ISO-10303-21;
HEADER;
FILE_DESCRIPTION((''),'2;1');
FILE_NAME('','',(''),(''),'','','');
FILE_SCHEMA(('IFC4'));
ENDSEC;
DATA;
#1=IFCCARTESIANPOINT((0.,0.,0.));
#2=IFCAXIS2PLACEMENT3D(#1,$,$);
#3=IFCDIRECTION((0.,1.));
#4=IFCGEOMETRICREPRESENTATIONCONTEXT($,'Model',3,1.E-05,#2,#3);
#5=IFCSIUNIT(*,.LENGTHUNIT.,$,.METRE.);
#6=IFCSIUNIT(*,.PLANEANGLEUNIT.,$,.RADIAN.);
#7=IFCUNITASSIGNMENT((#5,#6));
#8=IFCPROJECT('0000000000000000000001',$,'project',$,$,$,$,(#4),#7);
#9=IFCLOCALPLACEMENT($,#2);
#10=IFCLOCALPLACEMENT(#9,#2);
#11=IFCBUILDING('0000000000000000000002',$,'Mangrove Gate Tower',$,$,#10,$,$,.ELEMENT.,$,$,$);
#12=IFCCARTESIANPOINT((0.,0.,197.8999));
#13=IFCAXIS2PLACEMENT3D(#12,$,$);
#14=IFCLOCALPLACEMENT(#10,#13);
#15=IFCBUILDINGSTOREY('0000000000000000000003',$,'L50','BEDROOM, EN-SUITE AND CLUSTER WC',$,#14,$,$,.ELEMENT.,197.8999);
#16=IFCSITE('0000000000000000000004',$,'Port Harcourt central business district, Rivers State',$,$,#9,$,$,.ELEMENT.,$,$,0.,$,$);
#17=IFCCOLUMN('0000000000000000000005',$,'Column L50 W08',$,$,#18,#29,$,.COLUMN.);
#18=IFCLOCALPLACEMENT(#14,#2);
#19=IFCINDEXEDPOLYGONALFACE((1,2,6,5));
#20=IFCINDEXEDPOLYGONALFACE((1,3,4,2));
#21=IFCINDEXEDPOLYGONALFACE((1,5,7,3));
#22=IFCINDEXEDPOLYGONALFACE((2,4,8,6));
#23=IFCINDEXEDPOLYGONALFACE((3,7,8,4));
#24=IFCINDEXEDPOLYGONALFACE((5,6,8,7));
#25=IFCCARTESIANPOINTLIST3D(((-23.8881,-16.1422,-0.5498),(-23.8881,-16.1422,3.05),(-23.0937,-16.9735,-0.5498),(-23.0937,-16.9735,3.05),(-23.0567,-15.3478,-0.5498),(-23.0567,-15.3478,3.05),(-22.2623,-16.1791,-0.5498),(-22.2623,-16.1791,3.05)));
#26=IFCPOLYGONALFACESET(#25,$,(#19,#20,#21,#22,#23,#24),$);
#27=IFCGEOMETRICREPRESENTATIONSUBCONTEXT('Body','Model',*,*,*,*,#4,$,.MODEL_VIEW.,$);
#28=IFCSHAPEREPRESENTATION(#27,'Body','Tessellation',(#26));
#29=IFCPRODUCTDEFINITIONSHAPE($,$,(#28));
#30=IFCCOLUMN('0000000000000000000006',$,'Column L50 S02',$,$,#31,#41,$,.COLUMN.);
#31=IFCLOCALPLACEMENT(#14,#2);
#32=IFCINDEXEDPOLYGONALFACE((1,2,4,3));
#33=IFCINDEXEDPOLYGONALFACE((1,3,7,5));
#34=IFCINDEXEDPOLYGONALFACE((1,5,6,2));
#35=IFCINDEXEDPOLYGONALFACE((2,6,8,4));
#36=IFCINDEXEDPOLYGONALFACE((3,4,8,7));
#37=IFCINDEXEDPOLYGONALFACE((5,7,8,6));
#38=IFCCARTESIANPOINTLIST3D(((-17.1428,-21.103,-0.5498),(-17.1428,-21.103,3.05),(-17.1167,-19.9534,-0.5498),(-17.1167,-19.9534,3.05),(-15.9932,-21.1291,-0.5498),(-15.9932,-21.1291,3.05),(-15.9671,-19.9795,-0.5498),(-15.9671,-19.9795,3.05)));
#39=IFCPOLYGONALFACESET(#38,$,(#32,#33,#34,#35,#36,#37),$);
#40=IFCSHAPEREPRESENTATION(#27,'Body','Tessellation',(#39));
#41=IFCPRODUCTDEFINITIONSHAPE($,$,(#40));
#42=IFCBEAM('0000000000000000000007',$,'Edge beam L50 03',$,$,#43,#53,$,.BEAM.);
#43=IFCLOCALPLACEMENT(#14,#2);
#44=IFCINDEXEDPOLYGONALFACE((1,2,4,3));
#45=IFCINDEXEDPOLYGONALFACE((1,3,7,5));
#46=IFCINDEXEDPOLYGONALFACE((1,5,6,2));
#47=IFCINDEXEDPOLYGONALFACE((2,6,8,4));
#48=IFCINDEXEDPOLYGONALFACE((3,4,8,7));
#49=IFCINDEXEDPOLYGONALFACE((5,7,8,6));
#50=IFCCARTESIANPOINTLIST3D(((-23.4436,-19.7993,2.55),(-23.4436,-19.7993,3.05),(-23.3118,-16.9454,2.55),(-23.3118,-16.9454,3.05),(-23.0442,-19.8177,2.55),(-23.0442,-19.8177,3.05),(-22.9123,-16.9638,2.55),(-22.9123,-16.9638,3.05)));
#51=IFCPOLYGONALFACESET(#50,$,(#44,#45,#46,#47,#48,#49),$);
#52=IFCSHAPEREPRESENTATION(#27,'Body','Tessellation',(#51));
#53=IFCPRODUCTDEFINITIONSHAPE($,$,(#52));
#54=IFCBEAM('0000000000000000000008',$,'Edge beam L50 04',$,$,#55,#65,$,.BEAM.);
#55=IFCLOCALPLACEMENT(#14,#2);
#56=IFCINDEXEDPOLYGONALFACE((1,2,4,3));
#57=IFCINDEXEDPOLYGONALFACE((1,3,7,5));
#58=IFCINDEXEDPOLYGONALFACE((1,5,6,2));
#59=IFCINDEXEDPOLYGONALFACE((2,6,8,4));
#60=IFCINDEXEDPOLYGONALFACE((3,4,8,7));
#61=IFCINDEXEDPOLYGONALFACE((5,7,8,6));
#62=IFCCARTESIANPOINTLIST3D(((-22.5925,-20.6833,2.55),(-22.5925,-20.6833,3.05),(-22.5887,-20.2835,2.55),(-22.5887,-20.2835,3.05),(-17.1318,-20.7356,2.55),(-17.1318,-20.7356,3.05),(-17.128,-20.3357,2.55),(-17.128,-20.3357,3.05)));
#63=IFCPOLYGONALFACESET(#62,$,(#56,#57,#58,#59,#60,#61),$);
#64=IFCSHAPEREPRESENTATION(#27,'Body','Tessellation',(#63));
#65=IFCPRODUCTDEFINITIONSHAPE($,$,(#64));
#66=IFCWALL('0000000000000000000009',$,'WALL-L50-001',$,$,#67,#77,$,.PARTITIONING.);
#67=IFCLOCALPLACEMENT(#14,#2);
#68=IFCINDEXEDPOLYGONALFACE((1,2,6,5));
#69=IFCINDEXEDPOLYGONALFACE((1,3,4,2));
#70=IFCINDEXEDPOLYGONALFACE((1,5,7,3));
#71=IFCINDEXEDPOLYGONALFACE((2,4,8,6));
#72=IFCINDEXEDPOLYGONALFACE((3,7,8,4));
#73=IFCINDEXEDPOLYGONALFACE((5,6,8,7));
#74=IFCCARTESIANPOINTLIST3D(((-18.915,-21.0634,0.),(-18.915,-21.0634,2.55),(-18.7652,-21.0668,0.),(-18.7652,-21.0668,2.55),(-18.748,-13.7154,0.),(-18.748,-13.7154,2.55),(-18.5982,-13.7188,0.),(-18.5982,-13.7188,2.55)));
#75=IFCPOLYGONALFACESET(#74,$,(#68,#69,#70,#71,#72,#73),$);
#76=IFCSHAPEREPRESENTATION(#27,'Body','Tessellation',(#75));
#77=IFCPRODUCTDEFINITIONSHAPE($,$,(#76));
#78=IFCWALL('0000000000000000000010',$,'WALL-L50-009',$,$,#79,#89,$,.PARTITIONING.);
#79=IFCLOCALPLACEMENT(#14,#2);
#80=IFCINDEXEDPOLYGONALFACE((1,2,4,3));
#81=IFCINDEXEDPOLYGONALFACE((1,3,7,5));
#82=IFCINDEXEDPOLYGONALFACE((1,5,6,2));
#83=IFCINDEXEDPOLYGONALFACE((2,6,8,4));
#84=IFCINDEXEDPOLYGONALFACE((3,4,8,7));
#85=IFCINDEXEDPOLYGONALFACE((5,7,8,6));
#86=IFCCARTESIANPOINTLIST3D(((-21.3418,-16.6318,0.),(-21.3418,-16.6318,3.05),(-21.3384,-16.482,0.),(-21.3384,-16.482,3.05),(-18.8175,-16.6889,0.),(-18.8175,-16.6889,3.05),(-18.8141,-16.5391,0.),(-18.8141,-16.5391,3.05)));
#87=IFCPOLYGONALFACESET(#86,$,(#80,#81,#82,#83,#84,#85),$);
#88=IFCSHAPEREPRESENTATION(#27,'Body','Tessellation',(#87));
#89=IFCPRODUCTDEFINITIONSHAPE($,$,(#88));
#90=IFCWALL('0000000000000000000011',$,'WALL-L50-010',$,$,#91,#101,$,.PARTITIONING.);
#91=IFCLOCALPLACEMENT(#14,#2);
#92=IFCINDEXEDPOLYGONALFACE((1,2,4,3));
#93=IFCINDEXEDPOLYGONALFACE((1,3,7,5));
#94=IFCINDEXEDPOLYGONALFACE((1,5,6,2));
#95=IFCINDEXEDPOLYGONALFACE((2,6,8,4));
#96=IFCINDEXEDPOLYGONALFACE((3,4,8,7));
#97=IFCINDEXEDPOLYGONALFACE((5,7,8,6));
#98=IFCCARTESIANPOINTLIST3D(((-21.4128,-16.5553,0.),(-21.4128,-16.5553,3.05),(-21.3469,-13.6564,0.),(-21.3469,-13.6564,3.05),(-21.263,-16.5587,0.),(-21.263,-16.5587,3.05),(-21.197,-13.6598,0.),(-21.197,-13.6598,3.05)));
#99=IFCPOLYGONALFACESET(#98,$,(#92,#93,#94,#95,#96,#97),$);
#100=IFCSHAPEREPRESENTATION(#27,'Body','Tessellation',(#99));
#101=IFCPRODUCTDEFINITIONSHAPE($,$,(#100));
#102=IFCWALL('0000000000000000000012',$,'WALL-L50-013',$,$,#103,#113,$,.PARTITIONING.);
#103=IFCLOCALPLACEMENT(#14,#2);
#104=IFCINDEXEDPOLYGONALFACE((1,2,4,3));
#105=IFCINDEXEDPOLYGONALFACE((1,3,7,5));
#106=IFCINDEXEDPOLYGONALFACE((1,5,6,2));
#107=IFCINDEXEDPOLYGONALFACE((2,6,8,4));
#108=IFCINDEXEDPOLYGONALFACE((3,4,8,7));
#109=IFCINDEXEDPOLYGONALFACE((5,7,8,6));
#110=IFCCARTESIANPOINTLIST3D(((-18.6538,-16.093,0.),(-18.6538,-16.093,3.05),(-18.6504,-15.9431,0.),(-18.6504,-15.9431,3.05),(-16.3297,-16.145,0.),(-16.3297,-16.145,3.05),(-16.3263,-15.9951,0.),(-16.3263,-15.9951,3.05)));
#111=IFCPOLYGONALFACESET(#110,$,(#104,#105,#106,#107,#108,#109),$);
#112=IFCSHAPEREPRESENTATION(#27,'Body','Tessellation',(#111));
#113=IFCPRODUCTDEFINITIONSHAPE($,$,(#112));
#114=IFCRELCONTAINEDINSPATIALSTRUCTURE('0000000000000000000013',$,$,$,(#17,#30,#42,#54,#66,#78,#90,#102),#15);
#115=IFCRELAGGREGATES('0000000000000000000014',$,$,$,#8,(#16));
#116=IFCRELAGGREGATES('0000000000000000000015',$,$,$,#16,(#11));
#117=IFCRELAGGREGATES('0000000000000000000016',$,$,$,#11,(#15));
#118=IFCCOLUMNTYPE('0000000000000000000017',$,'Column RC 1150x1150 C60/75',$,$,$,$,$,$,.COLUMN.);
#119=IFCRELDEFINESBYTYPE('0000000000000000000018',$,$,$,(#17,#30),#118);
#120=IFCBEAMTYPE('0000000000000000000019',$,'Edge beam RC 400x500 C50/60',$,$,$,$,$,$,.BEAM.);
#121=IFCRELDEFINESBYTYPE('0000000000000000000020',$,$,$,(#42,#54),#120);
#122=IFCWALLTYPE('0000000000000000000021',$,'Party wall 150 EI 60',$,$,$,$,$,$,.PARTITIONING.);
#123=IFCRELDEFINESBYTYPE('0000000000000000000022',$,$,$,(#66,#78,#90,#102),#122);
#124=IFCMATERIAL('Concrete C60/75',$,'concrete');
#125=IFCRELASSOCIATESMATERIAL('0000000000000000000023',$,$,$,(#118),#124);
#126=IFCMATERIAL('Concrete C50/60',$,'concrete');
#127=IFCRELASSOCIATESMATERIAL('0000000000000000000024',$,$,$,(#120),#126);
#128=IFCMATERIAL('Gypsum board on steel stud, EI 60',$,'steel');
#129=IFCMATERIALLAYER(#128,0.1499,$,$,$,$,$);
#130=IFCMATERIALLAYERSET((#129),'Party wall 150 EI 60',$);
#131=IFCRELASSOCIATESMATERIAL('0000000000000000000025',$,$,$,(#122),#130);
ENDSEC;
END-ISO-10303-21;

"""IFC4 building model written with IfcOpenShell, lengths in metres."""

from ifc_helpers import new_model, si_unit, direction, frame, frame_2d, origin, origin_2d, place, context, subcontext, project, spatial, rectangle, extrude, material, layer, layer_set, material_profile, profile_set, type_object, element, save


model = new_model("IFC4")

# Units and contexts
model_context = context("Model", 3, precision=1e-05, world=origin(), true_north=direction((0.0, 1.0)))
body_context = subcontext(model_context, "Body", "Model", "MODEL_VIEW")
ifc_project = project(units=[si_unit("LENGTHUNIT", "METRE"), si_unit("PLANEANGLEUNIT", "RADIAN")], contexts=[model_context])

# Site, building, storey
site_placement = place(None, origin())
site = spatial("IfcSite", under=ifc_project, at=site_placement, Name="Port Harcourt central business district, Rivers State", CompositionType="ELEMENT", RefElevation=0.0)
building_placement = place(site_placement, origin())
building = spatial("IfcBuilding", under=site, at=building_placement, Name="Mangrove Gate Tower", CompositionType="ELEMENT")
storey_placement = place(building_placement, frame((0.0, 0.0, 197.8999)))
storey = spatial("IfcBuildingStorey", under=building, at=storey_placement, Name="L50", Description="BEDROOM, EN-SUITE AND CLUSTER WC", CompositionType="ELEMENT", Elevation=197.8999)

# Columns
ifc_material_1 = material(Name="Concrete C60/75", Category="concrete")
ifc_material_profile_1 = material_profile(ifc_material_1, rectangle(XDim=1.1499, YDim=1.1499, at=origin_2d()))
ifc_profile_set_1 = profile_set([ifc_material_profile_1], Name="Concrete C60/75")
column_type = type_object("IfcColumnType", Name="Column RC 1150x1150 C60/75", PredefinedType="COLUMN", material=ifc_profile_set_1)
for number, where, z_axis, x_axis, name in (
    (1, (-23.0752, -16.1606, -0.5498), (0.0, 0.0, 1.0), (0.690854, -0.722994, 0.0), "Column L50 W08"),
    (2, (-16.5549, -20.5413, -0.5498), (0.0, 0.0, 1.0), (0.999742, -0.022707, 0.0), "Column L50 S02"),
):
    element("IfcColumn", number, at=place(storey_placement, frame(where, z_axis=z_axis, x_axis=x_axis)), inside=storey, type_object=column_type, Name=name, PredefinedType="COLUMN", context=body_context, shape_type="SweptSolid", body=[
        extrude(rectangle(XDim=1.1499, YDim=1.1499, at=origin_2d()), origin(), (0.0, 0.0, 1.0), 3.5999),
    ])

# Beams
ifc_material_2 = material(Name="Concrete C50/60", Category="concrete")
ifc_material_profile_2 = material_profile(ifc_material_2, rectangle(XDim=0.3999, YDim=0.5, at=origin_2d()))
ifc_profile_set_2 = profile_set([ifc_material_profile_2], Name="Concrete C50/60")
beam_type = type_object("IfcBeamType", Name="Edge beam RC 400x500 C50/60", PredefinedType="BEAM", material=ifc_profile_set_2)
beam_1_placement = place(storey_placement, frame((-23.1121, -16.9546, 2.8), z_axis=(-0.046144, -0.998935, 0.0), x_axis=(0.998935, -0.046144, 0.0)))
element("IfcBeam", 3, at=beam_1_placement, inside=storey, type_object=beam_type, Name="Edge beam L50 03", PredefinedType="BEAM", context=body_context, shape_type="SweptSolid", body=[
    extrude(rectangle(XDim=0.3999, YDim=0.5, at=origin_2d()), origin(), (0.0, 0.0, 1.0), 2.8569),
])
beam_2_placement = place(storey_placement, frame((-22.5906, -20.4834, 2.8), z_axis=(0.999954, -0.009567, 0.0), x_axis=(0.009567, 0.999954, 0.0)))
element("IfcBeam", 4, at=beam_2_placement, inside=storey, type_object=beam_type, Name="Edge beam L50 04", PredefinedType="BEAM", context=body_context, shape_type="SweptSolid", body=[
    extrude(rectangle(XDim=0.3999, YDim=0.5, at=origin_2d()), origin(), (0.0, 0.0, 1.0), 5.4609),
])

# Walls
ifc_material_3 = material(Name="Gypsum board on steel stud, EI 60", Category="steel")
ifc_layer = layer(ifc_material_3, 0.1499)
ifc_layer_set = layer_set([ifc_layer], Name="Party wall 150 EI 60")
wall_type = type_object("IfcWallType", Name="Party wall 150 EI 60", PredefinedType="PARTITIONING", material=ifc_layer_set)
wall_1_placement = place(storey_placement, frame((-18.8401, -21.0649, 0.0), z_axis=(0.0, 0.0, 1.0), x_axis=(0.022721, 0.999742, 0.0)))
element("IfcWall", 5, at=wall_1_placement, inside=storey, type_object=wall_type, Name="WALL-L50-001", PredefinedType="PARTITIONING", context=body_context, shape_type="SweptSolid", body=[
    extrude(rectangle(XDim=7.3499, YDim=0.1499, at=frame_2d((3.6748, 0.0))), origin(), (0.0, 0.0, 1.0), 2.55),
])
wall_2_placement = place(storey_placement, frame((-21.3401, -16.5569, 0.0), z_axis=(0.0, 0.0, 1.0), x_axis=(0.999744, -0.022627, 0.0)))
element("IfcWall", 6, at=wall_2_placement, inside=storey, type_object=wall_type, Name="WALL-L50-009", PredefinedType="PARTITIONING", context=body_context, shape_type="SweptSolid", body=[
    extrude(rectangle(XDim=2.5249, YDim=0.1499, at=frame_2d((1.2625, 0.0))), origin(), (0.0, 0.0, 1.0), 3.05),
])
wall_3_placement = place(storey_placement, frame((-21.3379, -16.5569, 0.0), z_axis=(0.0, 0.0, 1.0), x_axis=(0.022733, 0.999742, 0.0)))
element("IfcWall", 7, at=wall_3_placement, inside=storey, type_object=wall_type, Name="WALL-L50-010", PredefinedType="PARTITIONING", context=body_context, shape_type="SweptSolid", body=[
    extrude(rectangle(XDim=2.8997, YDim=0.1499, at=frame_2d((1.4497, 0.0))), origin(), (0.0, 0.0, 1.0), 3.05),
])
wall_4_placement = place(storey_placement, frame((-18.6521, -16.0181, 0.0), z_axis=(0.0, 0.0, 1.0), x_axis=(0.99975, -0.022368, 0.0)))
element("IfcWall", 8, at=wall_4_placement, inside=storey, type_object=wall_type, Name="WALL-L50-013", PredefinedType="PARTITIONING", context=body_context, shape_type="SweptSolid", body=[
    extrude(rectangle(XDim=2.3247, YDim=0.1499, at=frame_2d((1.1624, 0.0))), origin(), (0.0, 0.0, 1.0), 3.05),
])

save(model, "model.ifc")
